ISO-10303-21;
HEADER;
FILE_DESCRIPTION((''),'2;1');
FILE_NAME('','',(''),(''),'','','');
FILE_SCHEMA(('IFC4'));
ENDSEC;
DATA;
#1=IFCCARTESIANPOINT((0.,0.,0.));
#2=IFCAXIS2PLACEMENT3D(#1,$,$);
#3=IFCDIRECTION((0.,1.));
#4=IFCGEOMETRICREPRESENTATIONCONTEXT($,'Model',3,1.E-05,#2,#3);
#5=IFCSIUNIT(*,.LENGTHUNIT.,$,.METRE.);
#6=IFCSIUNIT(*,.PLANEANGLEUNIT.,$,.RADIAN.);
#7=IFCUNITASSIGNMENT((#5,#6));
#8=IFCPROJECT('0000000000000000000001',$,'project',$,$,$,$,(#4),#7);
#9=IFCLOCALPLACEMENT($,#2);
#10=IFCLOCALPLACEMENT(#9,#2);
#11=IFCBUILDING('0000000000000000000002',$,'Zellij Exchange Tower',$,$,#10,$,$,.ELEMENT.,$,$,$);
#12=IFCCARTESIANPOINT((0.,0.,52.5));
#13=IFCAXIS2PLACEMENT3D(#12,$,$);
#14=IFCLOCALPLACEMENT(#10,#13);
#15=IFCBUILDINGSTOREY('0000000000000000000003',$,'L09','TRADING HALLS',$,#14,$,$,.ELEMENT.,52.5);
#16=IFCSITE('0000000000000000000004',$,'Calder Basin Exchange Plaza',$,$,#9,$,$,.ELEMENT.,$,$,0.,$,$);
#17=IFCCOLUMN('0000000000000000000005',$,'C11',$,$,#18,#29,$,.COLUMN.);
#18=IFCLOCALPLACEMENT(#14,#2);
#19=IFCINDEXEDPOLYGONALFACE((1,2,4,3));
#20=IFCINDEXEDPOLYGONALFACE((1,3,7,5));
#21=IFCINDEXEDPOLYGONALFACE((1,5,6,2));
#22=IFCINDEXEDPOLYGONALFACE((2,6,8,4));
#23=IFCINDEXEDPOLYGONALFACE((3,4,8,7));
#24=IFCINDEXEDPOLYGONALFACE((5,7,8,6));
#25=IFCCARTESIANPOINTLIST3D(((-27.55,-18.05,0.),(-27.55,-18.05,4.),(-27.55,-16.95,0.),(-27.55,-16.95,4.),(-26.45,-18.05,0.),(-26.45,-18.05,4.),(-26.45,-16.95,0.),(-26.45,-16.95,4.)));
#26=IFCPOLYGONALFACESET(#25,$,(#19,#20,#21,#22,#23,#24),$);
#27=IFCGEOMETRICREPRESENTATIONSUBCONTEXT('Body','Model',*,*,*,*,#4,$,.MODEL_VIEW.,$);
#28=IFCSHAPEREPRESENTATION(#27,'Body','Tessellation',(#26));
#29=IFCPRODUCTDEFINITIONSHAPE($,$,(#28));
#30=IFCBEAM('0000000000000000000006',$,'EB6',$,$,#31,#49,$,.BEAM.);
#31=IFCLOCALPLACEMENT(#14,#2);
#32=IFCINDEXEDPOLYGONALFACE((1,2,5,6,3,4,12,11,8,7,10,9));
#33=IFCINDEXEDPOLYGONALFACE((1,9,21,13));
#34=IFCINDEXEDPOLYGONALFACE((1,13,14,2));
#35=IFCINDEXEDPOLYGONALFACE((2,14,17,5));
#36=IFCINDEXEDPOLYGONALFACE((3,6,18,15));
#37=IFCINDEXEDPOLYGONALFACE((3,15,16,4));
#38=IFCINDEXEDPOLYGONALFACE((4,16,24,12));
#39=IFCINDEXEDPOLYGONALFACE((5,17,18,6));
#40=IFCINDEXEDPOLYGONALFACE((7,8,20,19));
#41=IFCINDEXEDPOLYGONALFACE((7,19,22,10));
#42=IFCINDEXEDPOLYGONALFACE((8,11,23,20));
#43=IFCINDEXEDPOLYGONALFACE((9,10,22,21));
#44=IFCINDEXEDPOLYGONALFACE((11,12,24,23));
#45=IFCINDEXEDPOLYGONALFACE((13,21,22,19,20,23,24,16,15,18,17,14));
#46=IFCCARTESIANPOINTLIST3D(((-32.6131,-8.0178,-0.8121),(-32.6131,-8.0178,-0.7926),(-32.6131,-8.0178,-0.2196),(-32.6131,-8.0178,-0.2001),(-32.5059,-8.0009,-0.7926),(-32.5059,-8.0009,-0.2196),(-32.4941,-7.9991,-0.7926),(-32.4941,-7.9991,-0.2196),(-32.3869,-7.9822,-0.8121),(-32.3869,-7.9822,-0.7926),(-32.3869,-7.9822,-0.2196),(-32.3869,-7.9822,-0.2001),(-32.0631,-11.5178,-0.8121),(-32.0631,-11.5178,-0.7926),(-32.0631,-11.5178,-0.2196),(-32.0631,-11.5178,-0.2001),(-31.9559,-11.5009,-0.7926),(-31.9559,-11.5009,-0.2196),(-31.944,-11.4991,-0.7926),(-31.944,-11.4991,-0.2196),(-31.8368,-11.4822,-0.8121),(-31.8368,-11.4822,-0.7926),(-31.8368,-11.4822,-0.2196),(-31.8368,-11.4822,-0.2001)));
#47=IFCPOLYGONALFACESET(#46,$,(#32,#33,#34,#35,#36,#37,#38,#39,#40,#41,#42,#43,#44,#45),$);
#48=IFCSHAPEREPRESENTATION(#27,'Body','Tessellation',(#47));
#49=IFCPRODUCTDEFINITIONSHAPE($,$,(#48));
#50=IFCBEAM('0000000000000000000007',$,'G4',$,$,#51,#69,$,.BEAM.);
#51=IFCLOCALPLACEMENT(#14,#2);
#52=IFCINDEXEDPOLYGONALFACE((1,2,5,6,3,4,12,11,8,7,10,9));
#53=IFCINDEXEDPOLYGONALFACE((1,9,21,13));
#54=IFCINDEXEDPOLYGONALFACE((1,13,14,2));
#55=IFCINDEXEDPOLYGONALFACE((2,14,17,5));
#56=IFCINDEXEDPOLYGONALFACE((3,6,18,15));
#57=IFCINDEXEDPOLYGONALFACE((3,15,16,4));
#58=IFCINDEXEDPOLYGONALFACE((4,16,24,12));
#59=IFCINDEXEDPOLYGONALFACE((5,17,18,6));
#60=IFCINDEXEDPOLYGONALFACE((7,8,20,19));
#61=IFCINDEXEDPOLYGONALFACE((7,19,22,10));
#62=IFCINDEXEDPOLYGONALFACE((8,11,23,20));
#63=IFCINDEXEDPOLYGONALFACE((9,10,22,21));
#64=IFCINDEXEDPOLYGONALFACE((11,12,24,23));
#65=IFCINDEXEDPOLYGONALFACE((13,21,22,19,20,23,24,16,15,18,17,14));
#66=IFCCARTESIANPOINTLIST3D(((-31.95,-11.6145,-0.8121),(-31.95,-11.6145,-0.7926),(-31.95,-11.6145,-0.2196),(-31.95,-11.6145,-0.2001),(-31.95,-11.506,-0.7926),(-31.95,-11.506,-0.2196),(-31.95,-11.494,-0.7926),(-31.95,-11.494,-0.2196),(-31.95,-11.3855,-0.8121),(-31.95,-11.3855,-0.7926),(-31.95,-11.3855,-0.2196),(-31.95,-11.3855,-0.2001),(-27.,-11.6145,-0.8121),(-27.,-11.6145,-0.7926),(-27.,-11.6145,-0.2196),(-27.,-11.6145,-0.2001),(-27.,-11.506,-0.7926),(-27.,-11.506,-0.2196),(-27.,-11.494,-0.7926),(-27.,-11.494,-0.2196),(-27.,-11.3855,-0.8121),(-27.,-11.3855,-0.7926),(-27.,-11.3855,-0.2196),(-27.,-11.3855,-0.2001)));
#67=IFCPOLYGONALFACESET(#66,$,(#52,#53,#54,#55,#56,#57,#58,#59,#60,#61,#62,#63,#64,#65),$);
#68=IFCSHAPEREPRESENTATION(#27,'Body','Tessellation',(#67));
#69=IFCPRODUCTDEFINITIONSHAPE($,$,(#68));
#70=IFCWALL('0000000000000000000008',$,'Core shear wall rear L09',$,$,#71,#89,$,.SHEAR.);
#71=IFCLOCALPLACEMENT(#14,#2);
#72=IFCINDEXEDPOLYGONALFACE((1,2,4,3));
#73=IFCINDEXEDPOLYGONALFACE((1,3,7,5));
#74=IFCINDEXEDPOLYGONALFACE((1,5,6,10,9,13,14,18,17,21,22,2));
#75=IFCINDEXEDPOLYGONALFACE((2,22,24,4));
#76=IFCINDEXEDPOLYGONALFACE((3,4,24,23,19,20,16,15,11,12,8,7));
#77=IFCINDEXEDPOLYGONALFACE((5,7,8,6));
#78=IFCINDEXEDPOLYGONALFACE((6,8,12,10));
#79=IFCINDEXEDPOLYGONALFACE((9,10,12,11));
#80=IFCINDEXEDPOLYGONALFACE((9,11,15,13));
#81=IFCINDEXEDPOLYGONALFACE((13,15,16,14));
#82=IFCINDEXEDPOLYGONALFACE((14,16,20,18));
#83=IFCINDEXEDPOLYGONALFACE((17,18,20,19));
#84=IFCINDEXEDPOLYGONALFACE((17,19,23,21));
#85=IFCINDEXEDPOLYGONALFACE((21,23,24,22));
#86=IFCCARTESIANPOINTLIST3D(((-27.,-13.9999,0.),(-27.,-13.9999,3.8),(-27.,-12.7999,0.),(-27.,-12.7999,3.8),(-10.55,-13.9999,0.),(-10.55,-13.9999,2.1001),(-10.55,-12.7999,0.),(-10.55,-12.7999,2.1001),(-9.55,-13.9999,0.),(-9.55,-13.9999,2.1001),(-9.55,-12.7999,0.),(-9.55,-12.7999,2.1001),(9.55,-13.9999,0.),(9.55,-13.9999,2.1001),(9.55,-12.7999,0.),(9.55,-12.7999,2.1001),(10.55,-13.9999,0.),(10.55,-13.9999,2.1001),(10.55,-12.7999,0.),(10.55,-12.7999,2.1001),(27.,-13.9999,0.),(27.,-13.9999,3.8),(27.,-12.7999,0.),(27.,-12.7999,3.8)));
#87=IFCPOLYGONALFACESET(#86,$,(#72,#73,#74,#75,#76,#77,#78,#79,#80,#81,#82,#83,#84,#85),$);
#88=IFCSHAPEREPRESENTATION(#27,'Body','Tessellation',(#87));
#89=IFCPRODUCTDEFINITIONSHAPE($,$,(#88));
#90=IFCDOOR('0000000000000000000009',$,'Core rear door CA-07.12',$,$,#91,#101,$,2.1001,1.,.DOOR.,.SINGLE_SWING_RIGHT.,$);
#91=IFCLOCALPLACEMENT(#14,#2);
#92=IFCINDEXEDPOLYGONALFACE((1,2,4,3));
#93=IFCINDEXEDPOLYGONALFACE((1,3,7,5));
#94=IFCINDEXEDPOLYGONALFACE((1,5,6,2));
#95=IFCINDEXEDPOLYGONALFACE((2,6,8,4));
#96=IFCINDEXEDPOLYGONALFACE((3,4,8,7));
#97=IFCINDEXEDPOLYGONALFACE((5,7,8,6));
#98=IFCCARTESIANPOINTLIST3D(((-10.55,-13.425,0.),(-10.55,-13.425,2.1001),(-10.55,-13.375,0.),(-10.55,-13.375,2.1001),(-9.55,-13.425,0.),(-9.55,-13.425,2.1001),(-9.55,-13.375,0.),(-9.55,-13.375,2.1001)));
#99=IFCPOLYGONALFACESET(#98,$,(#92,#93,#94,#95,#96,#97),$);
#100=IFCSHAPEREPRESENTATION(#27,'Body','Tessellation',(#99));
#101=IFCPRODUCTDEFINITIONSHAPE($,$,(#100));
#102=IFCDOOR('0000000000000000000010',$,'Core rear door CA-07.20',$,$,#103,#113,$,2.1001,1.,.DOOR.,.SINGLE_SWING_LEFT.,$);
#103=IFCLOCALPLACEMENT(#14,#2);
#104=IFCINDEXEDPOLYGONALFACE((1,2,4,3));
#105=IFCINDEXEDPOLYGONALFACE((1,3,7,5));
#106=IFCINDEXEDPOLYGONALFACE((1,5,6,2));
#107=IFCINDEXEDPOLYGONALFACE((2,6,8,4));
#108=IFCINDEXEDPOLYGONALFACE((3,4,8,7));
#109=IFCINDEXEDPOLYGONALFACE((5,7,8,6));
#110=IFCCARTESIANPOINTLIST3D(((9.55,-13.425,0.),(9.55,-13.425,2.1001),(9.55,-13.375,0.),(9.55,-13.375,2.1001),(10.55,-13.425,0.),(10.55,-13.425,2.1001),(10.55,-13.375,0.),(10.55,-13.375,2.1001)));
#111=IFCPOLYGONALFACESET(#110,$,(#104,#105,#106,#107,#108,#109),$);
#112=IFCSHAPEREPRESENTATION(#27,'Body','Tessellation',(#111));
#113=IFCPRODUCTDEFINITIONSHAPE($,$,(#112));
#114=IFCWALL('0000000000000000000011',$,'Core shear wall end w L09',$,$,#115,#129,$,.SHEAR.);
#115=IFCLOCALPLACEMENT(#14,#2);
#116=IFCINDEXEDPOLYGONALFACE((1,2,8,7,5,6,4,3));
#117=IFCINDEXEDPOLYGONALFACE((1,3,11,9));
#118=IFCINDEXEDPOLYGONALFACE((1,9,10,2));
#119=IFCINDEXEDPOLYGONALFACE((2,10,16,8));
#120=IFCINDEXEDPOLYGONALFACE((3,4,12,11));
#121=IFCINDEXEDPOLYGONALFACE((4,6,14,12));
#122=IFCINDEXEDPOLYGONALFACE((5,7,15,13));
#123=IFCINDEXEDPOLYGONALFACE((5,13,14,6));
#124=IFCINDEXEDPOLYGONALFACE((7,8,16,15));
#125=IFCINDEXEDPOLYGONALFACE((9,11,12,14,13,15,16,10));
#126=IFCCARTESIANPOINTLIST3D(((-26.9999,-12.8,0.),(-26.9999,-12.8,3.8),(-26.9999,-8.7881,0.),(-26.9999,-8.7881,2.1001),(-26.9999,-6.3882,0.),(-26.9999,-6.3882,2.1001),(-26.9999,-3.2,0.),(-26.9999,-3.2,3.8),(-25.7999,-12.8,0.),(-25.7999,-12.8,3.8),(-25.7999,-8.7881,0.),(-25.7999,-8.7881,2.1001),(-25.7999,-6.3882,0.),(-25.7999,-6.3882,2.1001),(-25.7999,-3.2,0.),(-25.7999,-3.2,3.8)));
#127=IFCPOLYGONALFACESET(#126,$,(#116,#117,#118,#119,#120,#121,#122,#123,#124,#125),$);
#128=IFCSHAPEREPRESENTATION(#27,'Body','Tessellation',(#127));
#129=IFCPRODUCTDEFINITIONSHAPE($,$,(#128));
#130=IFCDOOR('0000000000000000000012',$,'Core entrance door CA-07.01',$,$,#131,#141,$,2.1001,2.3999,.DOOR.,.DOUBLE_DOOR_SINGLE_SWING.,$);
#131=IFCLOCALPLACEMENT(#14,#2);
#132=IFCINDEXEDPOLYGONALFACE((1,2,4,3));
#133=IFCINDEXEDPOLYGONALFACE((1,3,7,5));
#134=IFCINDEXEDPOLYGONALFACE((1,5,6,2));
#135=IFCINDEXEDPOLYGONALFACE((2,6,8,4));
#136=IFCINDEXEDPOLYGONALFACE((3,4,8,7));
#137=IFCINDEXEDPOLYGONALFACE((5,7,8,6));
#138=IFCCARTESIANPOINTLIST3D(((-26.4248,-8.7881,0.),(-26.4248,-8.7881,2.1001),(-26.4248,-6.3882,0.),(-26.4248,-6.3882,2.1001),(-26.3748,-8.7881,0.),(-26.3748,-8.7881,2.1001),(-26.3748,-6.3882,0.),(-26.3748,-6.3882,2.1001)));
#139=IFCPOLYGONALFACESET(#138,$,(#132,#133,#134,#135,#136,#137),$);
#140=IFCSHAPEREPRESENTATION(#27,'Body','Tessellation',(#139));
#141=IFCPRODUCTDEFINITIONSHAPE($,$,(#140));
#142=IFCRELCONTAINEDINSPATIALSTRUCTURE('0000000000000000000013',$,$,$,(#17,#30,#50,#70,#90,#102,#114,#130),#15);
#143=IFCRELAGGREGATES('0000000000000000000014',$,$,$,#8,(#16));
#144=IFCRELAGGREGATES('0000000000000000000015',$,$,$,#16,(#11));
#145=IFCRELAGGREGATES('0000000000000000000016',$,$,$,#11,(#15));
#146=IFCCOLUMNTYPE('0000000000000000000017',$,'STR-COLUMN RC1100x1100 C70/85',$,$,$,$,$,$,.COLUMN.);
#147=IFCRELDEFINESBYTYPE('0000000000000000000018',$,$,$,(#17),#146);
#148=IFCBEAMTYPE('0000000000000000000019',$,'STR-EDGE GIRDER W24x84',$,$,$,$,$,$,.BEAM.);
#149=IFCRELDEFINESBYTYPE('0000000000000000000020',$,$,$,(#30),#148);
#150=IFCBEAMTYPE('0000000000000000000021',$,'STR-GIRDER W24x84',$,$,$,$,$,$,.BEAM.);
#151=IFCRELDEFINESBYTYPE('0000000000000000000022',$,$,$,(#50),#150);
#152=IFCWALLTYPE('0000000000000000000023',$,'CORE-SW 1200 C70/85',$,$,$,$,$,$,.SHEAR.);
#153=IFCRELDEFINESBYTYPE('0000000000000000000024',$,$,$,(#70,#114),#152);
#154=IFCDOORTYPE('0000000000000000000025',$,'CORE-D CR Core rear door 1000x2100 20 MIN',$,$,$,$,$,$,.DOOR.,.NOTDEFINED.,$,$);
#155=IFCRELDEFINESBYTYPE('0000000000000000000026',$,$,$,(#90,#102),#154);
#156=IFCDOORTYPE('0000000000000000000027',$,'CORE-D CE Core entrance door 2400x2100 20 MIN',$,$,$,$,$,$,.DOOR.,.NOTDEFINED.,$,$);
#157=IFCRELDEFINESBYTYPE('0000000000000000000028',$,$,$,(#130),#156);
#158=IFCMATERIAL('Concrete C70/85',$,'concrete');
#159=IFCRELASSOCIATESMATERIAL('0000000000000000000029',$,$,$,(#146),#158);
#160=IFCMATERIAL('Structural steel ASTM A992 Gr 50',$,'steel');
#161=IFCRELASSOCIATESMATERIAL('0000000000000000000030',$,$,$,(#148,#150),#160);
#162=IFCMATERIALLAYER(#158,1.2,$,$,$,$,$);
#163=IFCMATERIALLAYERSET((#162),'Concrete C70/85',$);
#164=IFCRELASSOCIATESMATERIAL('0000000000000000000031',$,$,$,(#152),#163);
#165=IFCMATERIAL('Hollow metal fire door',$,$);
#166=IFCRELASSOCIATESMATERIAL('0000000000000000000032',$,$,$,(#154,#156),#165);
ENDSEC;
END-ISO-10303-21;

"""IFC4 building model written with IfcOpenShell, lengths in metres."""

from ifc_helpers import new_model, si_unit, direction, frame, frame_2d, origin, origin_2d, place, context, subcontext, project, spatial, rectangle, i_section, extrude, material, layer, layer_set, material_profile, profile_set, type_object, element, fill, save


model = new_model("IFC4")

# Units and contexts
model_context = context("Model", 3, precision=1e-05, world=origin(), true_north=direction((0.0, 1.0)))
body_context = subcontext(model_context, "Body", "Model", "MODEL_VIEW")
ifc_project = project(units=[si_unit("LENGTHUNIT", "METRE"), si_unit("PLANEANGLEUNIT", "RADIAN")], contexts=[model_context])

# Site, building, storey
site_placement = place(None, origin())
site = spatial("IfcSite", under=ifc_project, at=site_placement, Name="Calder Basin Exchange Plaza", CompositionType="ELEMENT", RefElevation=0.0)
building_placement = place(site_placement, origin())
building = spatial("IfcBuilding", under=site, at=building_placement, Name="Zellij Exchange Tower", CompositionType="ELEMENT")
storey_placement = place(building_placement, frame((0.0, 0.0, 52.5)))
storey = spatial("IfcBuildingStorey", under=building, at=storey_placement, Name="L09", Description="TRADING HALLS", CompositionType="ELEMENT", Elevation=52.5)

# Column
ifc_material_1 = material(Name="Concrete C70/85", Category="concrete")
ifc_material_profile_1 = material_profile(ifc_material_1, rectangle(XDim=1.1001, YDim=1.1001, at=origin_2d()), Name="STR-COLUMN RC1100x1100 C70/85")
ifc_profile_set_1 = profile_set([ifc_material_profile_1], Name="Concrete C70/85")
column_type = type_object("IfcColumnType", Name="STR-COLUMN RC1100x1100 C70/85", PredefinedType="COLUMN", material=ifc_profile_set_1)
column_placement = place(storey_placement, frame((-27.0, -17.5, 0.0), z_axis=(0.0, 0.0, 1.0), x_axis=(1.0, 0.0, 0.0)))
element("IfcColumn", 1, at=column_placement, inside=storey, type_object=column_type, Name="C11", PredefinedType="COLUMN", context=body_context, shape_type="SweptSolid", body=[
    extrude(rectangle(XDim=1.1001, YDim=1.1001, at=origin_2d()), origin(), (0.0, 0.0, 1.0), 4.0),
])

# Beams
ifc_material_2 = material(Name="Structural steel ASTM A992 Gr 50", Category="steel")
ifc_material_profile_2 = material_profile(ifc_material_2, i_section(OverallWidth=0.229, OverallDepth=0.6121, WebThickness=0.012, FlangeThickness=0.0195, at=origin_2d()), Name="W24x84")
ifc_profile_set_2 = profile_set([ifc_material_profile_2], Name="Structural steel ASTM A992 Gr 50")
beam_type_1 = type_object("IfcBeamType", Name="STR-EDGE GIRDER W24x84", PredefinedType="BEAM", material=ifc_profile_set_2)
beam_1_placement = place(storey_placement, frame((-31.95, -11.5, -0.5061), z_axis=(-0.155251, 0.987875, 0.0), x_axis=(-0.987875, -0.155251, 0.0)))
element("IfcBeam", 2, at=beam_1_placement, inside=storey, type_object=beam_type_1, Name="EB6", PredefinedType="BEAM", context=body_context, shape_type="SweptSolid", body=[
    extrude(i_section(OverallWidth=0.229, OverallDepth=0.6121, WebThickness=0.012, FlangeThickness=0.0195, at=origin_2d()), origin(), (0.0, 0.0, 1.0), 3.543),
])
ifc_material_profile_3 = material_profile(ifc_material_2, i_section(OverallWidth=0.229, OverallDepth=0.6121, WebThickness=0.012, FlangeThickness=0.0195, at=origin_2d()), Name="W24x84")
ifc_profile_set_3 = profile_set([ifc_material_profile_3], Name="Structural steel ASTM A992 Gr 50")
beam_type_2 = type_object("IfcBeamType", Name="STR-GIRDER W24x84", PredefinedType="BEAM", material=ifc_profile_set_3)
beam_2_placement = place(storey_placement, frame((-31.95, -11.5, -0.5061), z_axis=(1.0, 0.0, 0.0), x_axis=(0.0, 1.0, 0.0)))
element("IfcBeam", 3, at=beam_2_placement, inside=storey, type_object=beam_type_2, Name="G4", PredefinedType="BEAM", context=body_context, shape_type="SweptSolid", body=[
    extrude(i_section(OverallWidth=0.229, OverallDepth=0.6121, WebThickness=0.012, FlangeThickness=0.0195, at=origin_2d()), origin(), (0.0, 0.0, 1.0), 4.95),
])

# Wall, openings, doors
ifc_layer_1 = layer(ifc_material_1, 1.2)
ifc_layer_set_1 = layer_set([ifc_layer_1], Name="Concrete C70/85")
wall_type_1 = type_object("IfcWallType", Name="CORE-SW 1200 C70/85", PredefinedType="SHEAR", material=ifc_layer_set_1)
wall_1_placement = place(storey_placement, frame((-27.0, -13.3999, 0.0), z_axis=(0.0, 0.0, 1.0), x_axis=(1.0, 0.0, 0.0)))
wall_1 = element("IfcWall", 4, at=wall_1_placement, inside=storey, type_object=wall_type_1, Name="Core shear wall rear L09", PredefinedType="SHEAR", context=body_context, shape_type="SweptSolid", body=[
    extrude(rectangle(XDim=54.0, YDim=1.2, at=frame_2d((27.0, 0.0))), origin(), (0.0, 0.0, 1.0), 3.8),
])
opening_1_placement = place(wall_1_placement, frame((16.45, 0.0, 0.0)))
opening_1 = element("IfcOpeningElement", 5, at=opening_1_placement, cuts=wall_1, PredefinedType="OPENING", context=body_context, shape_type="SweptSolid", body=[
    extrude(rectangle(XDim=1.0, YDim=2.1001, at=frame_2d((0.5, 1.05))), frame((0.0, 0.6118, 0.0), z_axis=(0.0, -1.0, 0.0), x_axis=(1.0, 0.0, 0.0)), (0.0, 0.0, 1.0), 1.2239),
])
opening_2_placement = place(wall_1_placement, frame((36.55, 0.0, 0.0)))
opening_2 = element("IfcOpeningElement", 6, at=opening_2_placement, cuts=wall_1, PredefinedType="OPENING", context=body_context, shape_type="SweptSolid", body=[
    extrude(rectangle(XDim=1.0, YDim=2.1001, at=frame_2d((0.5, 1.05))), frame((0.0, 0.6118, 0.0), z_axis=(0.0, -1.0, 0.0), x_axis=(1.0, 0.0, 0.0)), (0.0, 0.0, 1.0), 1.2239),
])
ifc_material_3 = material(Name="Hollow metal fire door")
door_type_1 = type_object("IfcDoorType", Name="CORE-D CR Core rear door 1000x2100 20 MIN", OperationType="NOTDEFINED", PredefinedType="DOOR", material=ifc_material_3)
door_1_placement = place(opening_1_placement, origin())
door_1 = element("IfcDoor", 7, at=door_1_placement, inside=storey, type_object=door_type_1, Name="Core rear door CA-07.12", OperationType="SINGLE_SWING_RIGHT", OverallHeight=2.1001, OverallWidth=1.0, PredefinedType="DOOR", context=body_context, shape_type="SweptSolid", body=[
    extrude(rectangle(XDim=1.0, YDim=2.1001, at=frame_2d((0.5, 1.05))), frame((0.0, 0.0249, 0.0), z_axis=(0.0, -1.0, 0.0), x_axis=(1.0, 0.0, 0.0)), (0.0, 0.0, 1.0), 0.05),
])
fill(opening_1, door_1)
door_2_placement = place(opening_2_placement, origin())
door_2 = element("IfcDoor", 8, at=door_2_placement, inside=storey, type_object=door_type_1, Name="Core rear door CA-07.20", OperationType="SINGLE_SWING_LEFT", OverallHeight=2.1001, OverallWidth=1.0, PredefinedType="DOOR", context=body_context, shape_type="SweptSolid", body=[
    extrude(rectangle(XDim=1.0, YDim=2.1001, at=frame_2d((0.5, 1.05))), frame((0.0, 0.0249, 0.0), z_axis=(0.0, -1.0, 0.0), x_axis=(1.0, 0.0, 0.0)), (0.0, 0.0, 1.0), 0.05),
])
fill(opening_2, door_2)

# Wall, opening, door
wall_2_placement = place(storey_placement, frame((-26.3999, -12.8, 0.0), z_axis=(0.0, 0.0, 1.0), x_axis=(0.0, 1.0, 0.0)))
wall_2 = element("IfcWall", 9, at=wall_2_placement, inside=storey, type_object=wall_type_1, Name="Core shear wall end w L09", PredefinedType="SHEAR", context=body_context, shape_type="SweptSolid", body=[
    extrude(rectangle(XDim=9.6001, YDim=1.2, at=frame_2d((4.8, 0.0))), origin(), (0.0, 0.0, 1.0), 3.8),
])
opening_3_placement = place(wall_2_placement, frame((4.012, 0.0, 0.0)))
opening_3 = element("IfcOpeningElement", 10, at=opening_3_placement, cuts=wall_2, PredefinedType="OPENING", context=body_context, shape_type="SweptSolid", body=[
    extrude(rectangle(XDim=2.3999, YDim=2.1001, at=frame_2d((1.2, 1.05))), frame((0.0, 0.6118, 0.0), z_axis=(0.0, -1.0, 0.0), x_axis=(1.0, 0.0, 0.0)), (0.0, 0.0, 1.0), 1.2239),
])
door_type_2 = type_object("IfcDoorType", Name="CORE-D CE Core entrance door 2400x2100 20 MIN", OperationType="NOTDEFINED", PredefinedType="DOOR", material=ifc_material_3)
door_3_placement = place(opening_3_placement, origin())
door_3 = element("IfcDoor", 11, at=door_3_placement, inside=storey, type_object=door_type_2, Name="Core entrance door CA-07.01", OperationType="DOUBLE_DOOR_SINGLE_SWING", OverallHeight=2.1001, OverallWidth=2.3999, PredefinedType="DOOR", context=body_context, shape_type="SweptSolid", body=[
    extrude(rectangle(XDim=2.3999, YDim=2.1001, at=frame_2d((1.2, 1.05))), frame((0.0, 0.0249, 0.0), z_axis=(0.0, -1.0, 0.0), x_axis=(1.0, 0.0, 0.0)), (0.0, 0.0, 1.0), 0.05),
])
fill(opening_3, door_3)

save(model, "model.ifc")
